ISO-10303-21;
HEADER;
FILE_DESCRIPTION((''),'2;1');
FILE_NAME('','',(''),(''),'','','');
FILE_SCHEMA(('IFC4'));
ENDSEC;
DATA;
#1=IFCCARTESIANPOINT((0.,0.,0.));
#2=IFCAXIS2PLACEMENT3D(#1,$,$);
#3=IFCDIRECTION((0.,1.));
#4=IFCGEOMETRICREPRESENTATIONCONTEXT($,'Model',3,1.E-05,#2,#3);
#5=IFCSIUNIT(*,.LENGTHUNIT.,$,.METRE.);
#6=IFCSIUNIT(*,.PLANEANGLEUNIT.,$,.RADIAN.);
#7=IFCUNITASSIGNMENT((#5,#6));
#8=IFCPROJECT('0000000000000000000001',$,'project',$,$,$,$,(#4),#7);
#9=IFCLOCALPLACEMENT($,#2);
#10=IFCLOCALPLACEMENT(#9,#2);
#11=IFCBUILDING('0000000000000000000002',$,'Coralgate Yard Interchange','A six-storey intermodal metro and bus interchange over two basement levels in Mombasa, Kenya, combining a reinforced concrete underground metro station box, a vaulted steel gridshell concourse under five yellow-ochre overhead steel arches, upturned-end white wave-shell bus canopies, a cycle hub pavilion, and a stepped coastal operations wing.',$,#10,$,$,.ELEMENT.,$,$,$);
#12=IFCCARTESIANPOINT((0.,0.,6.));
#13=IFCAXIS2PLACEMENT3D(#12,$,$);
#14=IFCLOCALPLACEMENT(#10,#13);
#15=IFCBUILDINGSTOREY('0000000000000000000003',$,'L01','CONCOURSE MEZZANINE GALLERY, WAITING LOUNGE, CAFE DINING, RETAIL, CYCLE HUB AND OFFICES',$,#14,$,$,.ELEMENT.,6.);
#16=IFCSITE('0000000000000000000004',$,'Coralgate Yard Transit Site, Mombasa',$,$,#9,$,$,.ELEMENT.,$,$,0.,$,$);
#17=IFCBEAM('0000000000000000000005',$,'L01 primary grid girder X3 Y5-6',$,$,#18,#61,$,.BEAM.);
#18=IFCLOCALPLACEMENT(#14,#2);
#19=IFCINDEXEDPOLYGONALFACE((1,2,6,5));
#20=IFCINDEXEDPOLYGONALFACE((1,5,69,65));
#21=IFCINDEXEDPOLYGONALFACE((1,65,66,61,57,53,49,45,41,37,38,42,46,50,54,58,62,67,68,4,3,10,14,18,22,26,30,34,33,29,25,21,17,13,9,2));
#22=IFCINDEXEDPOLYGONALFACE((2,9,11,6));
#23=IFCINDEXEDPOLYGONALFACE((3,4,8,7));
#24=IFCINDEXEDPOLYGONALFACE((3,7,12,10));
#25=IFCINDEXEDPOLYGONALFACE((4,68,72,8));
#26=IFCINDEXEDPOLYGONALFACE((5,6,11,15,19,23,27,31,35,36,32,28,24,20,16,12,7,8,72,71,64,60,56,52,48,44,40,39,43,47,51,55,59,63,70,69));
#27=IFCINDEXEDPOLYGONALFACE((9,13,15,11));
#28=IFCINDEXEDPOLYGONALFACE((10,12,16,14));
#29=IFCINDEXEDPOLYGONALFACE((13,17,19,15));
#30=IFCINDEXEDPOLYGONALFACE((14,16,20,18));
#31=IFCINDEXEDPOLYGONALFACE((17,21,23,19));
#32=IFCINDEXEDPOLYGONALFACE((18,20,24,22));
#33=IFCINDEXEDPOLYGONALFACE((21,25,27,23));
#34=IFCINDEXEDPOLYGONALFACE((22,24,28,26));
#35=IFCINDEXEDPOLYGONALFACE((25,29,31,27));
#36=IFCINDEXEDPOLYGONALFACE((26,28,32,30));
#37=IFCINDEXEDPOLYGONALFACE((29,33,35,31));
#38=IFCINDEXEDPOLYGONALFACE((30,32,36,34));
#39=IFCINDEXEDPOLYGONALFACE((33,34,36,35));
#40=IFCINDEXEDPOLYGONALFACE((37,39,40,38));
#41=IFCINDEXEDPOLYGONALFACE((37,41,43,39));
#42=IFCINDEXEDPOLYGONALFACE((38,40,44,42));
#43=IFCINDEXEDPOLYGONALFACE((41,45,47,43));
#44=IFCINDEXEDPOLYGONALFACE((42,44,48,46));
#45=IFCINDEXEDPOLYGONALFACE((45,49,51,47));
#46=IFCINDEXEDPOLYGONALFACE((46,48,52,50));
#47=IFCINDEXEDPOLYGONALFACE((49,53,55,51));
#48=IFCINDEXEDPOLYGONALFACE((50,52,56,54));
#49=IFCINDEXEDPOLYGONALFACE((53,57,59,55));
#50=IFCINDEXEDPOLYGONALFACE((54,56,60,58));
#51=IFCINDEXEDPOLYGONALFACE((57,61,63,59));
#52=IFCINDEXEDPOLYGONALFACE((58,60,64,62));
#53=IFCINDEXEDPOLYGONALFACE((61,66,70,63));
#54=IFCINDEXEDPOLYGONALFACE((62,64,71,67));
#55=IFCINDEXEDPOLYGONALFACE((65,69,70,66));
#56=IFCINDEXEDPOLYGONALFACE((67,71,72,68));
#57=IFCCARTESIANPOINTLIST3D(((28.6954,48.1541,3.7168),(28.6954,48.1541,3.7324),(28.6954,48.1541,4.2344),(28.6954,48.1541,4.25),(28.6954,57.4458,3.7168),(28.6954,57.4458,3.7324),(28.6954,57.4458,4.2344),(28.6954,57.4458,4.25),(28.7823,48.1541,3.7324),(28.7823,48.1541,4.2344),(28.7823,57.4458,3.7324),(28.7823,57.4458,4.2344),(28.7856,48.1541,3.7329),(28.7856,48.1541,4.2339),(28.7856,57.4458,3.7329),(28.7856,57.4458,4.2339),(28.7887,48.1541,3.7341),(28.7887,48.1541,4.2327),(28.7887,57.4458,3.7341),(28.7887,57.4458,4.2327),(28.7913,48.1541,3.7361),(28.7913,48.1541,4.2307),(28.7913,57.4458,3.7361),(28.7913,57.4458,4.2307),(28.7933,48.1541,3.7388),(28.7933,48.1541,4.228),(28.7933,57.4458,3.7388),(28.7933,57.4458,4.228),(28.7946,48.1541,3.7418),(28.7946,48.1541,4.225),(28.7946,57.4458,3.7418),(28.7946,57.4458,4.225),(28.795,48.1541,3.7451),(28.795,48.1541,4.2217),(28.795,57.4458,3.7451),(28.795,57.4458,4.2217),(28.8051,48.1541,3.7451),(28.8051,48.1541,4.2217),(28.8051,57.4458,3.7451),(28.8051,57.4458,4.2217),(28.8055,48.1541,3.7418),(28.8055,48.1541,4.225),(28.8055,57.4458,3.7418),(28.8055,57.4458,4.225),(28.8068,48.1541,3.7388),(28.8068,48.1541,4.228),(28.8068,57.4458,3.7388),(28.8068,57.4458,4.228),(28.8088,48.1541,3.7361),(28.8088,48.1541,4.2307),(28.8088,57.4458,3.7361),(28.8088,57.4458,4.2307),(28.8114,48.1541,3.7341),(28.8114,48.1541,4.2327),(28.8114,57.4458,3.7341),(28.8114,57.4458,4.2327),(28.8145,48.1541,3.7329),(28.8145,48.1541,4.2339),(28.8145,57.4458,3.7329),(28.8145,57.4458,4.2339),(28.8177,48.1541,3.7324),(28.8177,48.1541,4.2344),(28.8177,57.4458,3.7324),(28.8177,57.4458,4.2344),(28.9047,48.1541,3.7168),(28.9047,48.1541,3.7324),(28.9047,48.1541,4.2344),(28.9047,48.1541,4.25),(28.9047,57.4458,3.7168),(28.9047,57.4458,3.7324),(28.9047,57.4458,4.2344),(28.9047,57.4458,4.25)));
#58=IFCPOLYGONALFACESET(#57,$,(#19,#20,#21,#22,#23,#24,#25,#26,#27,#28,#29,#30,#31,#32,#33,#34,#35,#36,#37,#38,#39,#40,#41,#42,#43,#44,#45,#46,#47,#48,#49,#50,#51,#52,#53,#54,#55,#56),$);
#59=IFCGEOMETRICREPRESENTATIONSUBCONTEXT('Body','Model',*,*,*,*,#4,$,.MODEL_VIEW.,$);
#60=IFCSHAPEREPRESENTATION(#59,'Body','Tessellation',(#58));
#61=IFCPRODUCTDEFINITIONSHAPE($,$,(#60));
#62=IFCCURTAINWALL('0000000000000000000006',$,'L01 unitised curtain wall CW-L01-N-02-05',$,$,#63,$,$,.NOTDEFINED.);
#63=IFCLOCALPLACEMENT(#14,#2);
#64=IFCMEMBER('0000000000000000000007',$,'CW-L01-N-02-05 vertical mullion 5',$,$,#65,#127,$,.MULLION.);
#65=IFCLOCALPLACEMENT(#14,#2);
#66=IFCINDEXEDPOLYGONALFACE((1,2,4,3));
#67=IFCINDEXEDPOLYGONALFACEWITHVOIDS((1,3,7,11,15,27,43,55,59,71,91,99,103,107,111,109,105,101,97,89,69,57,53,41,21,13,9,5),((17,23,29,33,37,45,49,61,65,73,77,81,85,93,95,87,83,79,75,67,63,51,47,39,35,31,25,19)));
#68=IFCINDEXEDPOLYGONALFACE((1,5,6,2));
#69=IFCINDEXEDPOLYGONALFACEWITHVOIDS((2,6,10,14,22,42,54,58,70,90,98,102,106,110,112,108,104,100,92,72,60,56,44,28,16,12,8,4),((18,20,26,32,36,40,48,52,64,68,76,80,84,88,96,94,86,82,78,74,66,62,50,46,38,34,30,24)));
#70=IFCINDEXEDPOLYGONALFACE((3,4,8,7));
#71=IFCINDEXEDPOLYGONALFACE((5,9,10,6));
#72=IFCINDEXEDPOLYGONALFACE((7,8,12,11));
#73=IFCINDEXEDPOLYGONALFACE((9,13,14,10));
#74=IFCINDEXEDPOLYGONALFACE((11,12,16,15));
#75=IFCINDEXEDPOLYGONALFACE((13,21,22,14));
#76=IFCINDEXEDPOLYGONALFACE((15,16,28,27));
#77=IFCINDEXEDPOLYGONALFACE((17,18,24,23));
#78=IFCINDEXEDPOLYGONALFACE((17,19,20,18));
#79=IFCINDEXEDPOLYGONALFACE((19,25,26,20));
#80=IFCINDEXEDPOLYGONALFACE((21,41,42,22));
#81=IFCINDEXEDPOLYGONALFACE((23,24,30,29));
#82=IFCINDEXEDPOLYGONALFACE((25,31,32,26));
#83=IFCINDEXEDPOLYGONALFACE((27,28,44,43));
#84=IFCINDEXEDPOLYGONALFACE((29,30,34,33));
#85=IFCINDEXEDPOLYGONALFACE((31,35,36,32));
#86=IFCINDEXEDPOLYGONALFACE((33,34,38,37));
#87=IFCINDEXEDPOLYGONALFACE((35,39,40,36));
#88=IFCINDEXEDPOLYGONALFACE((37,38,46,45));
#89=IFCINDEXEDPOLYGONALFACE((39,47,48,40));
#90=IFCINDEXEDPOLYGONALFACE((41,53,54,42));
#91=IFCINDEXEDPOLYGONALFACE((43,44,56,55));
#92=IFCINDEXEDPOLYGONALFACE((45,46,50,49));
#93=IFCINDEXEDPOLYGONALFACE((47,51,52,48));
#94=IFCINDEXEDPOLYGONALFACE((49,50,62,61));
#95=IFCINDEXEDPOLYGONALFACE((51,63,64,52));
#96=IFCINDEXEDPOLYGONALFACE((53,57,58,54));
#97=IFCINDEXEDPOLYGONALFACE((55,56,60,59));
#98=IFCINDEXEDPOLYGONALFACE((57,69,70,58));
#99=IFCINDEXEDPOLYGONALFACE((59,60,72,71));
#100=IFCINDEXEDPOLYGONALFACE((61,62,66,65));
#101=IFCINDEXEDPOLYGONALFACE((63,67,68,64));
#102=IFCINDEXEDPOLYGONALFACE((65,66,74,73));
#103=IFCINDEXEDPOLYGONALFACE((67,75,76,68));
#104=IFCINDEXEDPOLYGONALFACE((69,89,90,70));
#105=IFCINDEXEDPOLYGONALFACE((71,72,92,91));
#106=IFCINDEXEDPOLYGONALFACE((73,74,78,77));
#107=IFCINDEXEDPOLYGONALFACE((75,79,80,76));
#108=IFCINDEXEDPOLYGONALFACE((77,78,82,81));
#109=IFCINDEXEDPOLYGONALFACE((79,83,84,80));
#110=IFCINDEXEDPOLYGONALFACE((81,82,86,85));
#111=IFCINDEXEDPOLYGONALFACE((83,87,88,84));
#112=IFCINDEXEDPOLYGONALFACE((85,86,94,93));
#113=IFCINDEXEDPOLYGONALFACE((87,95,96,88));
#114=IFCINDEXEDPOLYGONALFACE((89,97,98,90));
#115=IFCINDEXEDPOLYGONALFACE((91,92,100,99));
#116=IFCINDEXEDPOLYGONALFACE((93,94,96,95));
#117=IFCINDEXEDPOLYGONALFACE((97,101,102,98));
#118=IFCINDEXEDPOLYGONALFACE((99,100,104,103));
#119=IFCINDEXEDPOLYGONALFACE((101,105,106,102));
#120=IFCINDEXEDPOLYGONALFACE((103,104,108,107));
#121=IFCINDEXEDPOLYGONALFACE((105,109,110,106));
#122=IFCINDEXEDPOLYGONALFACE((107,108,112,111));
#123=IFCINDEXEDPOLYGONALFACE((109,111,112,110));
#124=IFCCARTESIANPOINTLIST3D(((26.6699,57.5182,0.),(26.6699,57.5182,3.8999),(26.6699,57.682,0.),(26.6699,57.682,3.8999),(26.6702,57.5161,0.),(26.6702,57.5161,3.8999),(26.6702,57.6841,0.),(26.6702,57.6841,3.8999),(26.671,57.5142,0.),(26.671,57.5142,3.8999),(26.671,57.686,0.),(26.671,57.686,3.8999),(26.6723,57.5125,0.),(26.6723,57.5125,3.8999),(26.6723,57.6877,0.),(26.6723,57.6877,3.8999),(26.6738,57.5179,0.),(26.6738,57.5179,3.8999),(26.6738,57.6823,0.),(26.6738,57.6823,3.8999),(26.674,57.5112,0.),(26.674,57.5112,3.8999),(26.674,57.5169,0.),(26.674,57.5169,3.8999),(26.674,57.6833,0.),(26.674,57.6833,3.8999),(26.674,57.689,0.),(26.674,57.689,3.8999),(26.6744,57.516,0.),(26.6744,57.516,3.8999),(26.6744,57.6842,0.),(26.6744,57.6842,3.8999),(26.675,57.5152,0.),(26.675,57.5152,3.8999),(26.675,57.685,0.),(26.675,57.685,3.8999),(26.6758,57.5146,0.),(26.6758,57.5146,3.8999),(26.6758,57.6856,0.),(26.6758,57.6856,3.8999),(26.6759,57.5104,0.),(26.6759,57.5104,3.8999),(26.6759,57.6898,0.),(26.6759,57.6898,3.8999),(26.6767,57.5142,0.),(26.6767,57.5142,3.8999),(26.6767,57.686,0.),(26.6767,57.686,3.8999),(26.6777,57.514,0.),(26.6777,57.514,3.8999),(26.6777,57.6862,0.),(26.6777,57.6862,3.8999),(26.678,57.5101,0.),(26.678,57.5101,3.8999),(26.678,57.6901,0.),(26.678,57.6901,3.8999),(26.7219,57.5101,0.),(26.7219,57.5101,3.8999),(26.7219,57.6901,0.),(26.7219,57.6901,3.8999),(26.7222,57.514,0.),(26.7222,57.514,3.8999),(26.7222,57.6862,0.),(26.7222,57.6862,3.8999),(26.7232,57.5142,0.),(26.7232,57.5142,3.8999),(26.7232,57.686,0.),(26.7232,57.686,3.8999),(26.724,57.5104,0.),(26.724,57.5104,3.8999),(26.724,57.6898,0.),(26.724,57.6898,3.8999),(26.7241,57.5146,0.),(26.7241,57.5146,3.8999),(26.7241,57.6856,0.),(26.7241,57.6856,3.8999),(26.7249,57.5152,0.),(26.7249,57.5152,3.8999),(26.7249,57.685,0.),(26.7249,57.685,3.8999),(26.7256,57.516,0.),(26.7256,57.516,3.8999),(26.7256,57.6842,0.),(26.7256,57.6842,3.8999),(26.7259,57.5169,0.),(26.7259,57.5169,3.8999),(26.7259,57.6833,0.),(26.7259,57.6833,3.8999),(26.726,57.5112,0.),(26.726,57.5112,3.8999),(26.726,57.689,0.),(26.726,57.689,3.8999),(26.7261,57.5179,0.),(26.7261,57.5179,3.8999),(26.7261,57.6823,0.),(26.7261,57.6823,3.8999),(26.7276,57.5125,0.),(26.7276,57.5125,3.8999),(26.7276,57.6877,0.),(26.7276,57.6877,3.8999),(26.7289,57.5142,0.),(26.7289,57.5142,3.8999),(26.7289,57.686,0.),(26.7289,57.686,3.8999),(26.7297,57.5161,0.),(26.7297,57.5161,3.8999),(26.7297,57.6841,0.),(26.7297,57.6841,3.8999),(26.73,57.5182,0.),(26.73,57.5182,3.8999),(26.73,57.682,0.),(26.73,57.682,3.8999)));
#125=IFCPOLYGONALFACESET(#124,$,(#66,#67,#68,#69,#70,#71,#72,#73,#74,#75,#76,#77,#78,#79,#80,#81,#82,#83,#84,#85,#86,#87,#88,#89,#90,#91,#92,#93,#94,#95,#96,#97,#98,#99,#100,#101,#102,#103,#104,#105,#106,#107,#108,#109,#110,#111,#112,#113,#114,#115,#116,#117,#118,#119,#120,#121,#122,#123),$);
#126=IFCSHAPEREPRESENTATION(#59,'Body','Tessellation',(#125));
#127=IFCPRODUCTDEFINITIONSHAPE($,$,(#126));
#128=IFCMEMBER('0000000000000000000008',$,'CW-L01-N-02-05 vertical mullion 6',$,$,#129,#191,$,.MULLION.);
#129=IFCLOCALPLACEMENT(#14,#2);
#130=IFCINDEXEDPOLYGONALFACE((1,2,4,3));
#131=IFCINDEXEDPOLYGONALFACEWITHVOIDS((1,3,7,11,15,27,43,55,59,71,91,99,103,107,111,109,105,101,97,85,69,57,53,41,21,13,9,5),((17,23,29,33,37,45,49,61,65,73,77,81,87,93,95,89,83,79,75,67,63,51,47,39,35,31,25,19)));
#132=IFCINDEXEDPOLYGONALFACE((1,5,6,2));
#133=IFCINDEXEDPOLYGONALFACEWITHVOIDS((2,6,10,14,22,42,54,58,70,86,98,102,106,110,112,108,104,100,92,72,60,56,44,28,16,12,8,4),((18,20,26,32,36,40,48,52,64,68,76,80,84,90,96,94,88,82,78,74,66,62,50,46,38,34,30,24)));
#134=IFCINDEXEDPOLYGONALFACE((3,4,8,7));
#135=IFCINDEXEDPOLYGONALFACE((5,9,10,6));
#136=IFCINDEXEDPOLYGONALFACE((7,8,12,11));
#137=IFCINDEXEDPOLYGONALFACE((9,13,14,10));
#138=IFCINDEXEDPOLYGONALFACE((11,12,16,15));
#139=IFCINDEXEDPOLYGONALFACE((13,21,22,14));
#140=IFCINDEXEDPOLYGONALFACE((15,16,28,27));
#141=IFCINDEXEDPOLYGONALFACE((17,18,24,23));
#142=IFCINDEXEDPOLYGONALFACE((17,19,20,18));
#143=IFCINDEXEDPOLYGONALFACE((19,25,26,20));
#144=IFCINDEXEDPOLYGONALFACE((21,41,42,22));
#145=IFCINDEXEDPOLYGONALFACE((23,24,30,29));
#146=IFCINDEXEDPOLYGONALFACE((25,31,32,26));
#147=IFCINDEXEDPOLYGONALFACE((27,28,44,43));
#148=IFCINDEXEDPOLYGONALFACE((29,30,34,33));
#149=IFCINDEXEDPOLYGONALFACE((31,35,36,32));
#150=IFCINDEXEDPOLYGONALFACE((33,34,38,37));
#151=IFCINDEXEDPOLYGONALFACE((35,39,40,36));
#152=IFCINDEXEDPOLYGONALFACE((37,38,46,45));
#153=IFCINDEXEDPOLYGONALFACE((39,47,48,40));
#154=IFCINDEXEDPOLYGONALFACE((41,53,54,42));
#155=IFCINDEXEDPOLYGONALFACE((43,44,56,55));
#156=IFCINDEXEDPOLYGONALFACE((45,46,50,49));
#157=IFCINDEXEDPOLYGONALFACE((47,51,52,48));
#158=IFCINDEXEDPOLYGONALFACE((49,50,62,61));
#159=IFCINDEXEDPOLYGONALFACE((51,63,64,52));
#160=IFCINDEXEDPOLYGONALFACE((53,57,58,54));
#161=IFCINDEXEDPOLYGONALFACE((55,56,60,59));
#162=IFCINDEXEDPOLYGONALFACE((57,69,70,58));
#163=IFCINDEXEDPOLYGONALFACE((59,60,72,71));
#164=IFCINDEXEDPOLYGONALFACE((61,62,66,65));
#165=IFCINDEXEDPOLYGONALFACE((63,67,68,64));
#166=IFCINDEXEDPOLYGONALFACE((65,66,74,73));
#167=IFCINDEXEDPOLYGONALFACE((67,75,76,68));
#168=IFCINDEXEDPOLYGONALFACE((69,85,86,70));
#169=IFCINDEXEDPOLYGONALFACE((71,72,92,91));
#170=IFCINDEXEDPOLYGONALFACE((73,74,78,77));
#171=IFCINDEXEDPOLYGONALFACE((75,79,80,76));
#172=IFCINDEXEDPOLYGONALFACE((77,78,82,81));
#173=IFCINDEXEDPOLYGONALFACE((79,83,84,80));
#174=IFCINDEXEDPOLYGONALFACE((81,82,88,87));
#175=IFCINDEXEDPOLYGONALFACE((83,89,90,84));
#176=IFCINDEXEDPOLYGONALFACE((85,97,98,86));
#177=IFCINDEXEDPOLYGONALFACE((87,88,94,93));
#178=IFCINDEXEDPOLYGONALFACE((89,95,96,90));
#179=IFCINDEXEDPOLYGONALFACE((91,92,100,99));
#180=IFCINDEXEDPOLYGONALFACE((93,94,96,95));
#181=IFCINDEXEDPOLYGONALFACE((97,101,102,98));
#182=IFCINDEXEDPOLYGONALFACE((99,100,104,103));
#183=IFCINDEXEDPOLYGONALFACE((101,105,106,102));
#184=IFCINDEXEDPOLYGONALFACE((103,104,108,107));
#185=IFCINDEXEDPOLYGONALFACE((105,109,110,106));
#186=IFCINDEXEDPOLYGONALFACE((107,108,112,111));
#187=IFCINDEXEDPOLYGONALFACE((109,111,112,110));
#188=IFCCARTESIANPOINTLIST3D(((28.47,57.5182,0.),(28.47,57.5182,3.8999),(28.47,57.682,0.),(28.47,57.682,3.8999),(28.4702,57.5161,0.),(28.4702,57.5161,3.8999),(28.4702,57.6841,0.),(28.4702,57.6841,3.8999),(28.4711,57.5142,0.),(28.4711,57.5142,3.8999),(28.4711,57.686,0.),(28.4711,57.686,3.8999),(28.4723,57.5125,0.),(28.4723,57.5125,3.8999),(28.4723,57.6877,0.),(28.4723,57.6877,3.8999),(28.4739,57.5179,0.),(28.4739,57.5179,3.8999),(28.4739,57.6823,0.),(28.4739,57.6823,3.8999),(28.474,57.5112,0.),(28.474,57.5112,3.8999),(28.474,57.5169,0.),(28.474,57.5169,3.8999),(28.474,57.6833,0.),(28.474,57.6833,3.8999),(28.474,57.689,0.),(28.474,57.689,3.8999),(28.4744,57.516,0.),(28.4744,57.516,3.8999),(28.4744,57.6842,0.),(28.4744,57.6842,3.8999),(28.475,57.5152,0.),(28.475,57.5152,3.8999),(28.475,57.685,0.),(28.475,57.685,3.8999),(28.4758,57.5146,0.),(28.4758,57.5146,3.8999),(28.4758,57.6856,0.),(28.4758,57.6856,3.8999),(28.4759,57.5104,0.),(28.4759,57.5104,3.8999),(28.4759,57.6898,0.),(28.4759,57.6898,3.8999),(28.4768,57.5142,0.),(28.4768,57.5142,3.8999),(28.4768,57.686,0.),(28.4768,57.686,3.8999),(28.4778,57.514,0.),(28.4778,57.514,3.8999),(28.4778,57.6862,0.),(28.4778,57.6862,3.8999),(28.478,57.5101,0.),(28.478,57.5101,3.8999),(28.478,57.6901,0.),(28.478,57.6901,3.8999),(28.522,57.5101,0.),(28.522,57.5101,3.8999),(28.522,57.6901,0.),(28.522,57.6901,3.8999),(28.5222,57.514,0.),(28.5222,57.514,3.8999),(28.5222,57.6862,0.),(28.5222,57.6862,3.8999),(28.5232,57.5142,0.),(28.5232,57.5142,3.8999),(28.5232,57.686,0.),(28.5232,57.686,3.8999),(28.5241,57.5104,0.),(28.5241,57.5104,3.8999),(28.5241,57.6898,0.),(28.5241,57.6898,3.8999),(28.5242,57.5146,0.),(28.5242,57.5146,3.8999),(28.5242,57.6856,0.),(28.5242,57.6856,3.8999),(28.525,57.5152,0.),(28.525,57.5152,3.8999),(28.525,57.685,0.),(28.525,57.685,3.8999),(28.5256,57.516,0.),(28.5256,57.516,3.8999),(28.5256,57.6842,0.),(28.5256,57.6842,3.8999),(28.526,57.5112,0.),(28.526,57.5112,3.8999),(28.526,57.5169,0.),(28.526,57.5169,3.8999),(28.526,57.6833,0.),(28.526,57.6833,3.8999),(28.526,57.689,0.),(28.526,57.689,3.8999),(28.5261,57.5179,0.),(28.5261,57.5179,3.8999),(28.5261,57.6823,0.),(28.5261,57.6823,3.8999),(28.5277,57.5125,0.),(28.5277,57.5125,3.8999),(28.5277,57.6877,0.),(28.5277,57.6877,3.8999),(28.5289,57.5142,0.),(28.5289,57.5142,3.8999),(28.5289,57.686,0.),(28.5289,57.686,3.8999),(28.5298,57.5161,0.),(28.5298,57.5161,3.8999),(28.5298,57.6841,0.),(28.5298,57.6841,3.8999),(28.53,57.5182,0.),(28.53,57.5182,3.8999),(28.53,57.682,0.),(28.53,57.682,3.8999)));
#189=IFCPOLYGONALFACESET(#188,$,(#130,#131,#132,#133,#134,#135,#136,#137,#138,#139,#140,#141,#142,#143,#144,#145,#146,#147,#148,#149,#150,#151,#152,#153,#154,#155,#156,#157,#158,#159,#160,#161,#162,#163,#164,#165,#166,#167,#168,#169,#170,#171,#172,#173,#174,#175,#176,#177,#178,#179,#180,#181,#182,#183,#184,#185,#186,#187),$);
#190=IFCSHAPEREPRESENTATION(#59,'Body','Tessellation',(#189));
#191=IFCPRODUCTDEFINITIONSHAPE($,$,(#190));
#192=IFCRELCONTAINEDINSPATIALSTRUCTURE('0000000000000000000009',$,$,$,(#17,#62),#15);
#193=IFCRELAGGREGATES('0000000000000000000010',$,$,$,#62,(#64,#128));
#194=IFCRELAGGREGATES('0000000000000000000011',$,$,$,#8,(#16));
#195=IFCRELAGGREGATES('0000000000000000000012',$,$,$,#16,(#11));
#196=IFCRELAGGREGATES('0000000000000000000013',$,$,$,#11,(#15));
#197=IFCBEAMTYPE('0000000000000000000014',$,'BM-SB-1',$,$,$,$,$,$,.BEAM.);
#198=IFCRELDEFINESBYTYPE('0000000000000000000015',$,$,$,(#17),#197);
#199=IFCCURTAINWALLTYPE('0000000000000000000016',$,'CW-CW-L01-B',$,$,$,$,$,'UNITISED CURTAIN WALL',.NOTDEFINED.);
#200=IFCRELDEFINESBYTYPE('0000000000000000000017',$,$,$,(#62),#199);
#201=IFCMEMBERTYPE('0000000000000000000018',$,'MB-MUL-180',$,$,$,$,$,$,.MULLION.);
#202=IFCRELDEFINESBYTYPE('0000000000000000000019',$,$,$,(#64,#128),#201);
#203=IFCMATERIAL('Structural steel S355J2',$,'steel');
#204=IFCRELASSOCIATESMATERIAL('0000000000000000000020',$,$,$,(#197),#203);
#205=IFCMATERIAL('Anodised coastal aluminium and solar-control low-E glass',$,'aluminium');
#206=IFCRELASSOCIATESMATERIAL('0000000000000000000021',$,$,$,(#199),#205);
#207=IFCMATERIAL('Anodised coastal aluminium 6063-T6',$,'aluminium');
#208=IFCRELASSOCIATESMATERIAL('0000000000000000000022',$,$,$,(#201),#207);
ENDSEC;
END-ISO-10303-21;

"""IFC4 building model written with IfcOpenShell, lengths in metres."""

from ifc_helpers import new_model, si_unit, direction, frame, origin, origin_2d, place, context, subcontext, project, spatial, hollow_rectangle, i_section, extrude, material, material_profile, profile_set, type_object, element, aggregate, save


model = new_model("IFC4")

# Units and contexts
model_context = context("Model", 3, precision=1e-05, world=origin(), true_north=direction((0.0, 1.0)))
body_context = subcontext(model_context, "Body", "Model", "MODEL_VIEW")
ifc_project = project(units=[si_unit("LENGTHUNIT", "METRE"), si_unit("PLANEANGLEUNIT", "RADIAN")], contexts=[model_context])

# Site, building, storey
site_placement = place(None, origin())
site = spatial("IfcSite", under=ifc_project, at=site_placement, Name="Coralgate Yard Transit Site, Mombasa", CompositionType="ELEMENT", RefElevation=0.0)
building_placement = place(site_placement, origin())
building = spatial("IfcBuilding", under=site, at=building_placement, Name="Coralgate Yard Interchange", Description="A six-storey intermodal metro and bus interchange over two basement levels in Mombasa, Kenya, combining a reinforced concrete underground metro station box, a vaulted steel gridshell concourse under five yellow-ochre overhead steel arches, upturned-end white wave-shell bus canopies, a cycle hub pavilion, and a stepped coastal operations wing.", CompositionType="ELEMENT")
storey_placement = place(building_placement, frame((0.0, 0.0, 6.0)))
storey = spatial("IfcBuildingStorey", under=building, at=storey_placement, Name="L01", Description="CONCOURSE MEZZANINE GALLERY, WAITING LOUNGE, CAFE DINING, RETAIL, CYCLE HUB AND OFFICES", CompositionType="ELEMENT", Elevation=6.0)

# Beam
ifc_material_1 = material(Name="Structural steel S355J2", Category="steel")
ifc_material_profile_1 = material_profile(ifc_material_1, i_section(OverallWidth=0.2092, OverallDepth=0.5332, WebThickness=0.01, FlangeThickness=0.0156, FilletRadius=0.0127, at=origin_2d()), Name="UB 533x210x92")
ifc_profile_set_1 = profile_set([ifc_material_profile_1], Name="Structural steel S355J2")
beam_type = type_object("IfcBeamType", Name="BM-SB-1", PredefinedType="BEAM", material=ifc_profile_set_1)
beam_placement = place(storey_placement, frame((28.8, 48.1541, 3.9834), z_axis=(0.0, 1.0, 0.0), x_axis=(-1.0, 0.0, 0.0)))
element("IfcBeam", 1, at=beam_placement, inside=storey, type_object=beam_type, Name="L01 primary grid girder X3 Y5-6", PredefinedType="BEAM", context=body_context, shape_type="SweptSolid", body=[
    extrude(i_section(OverallWidth=0.2092, OverallDepth=0.5332, WebThickness=0.01, FlangeThickness=0.0156, FilletRadius=0.0127, at=origin_2d()), origin(), (0.0, 0.0, 1.0), 9.2917),
])

# Curtain wall, members
ifc_material_2 = material(Name="Anodised coastal aluminium and solar-control low-E glass", Category="aluminium")
curtain_wall_type_1 = type_object("IfcCurtainWallType", Name="CW-CW-L01-B", ElementType="UNITISED CURTAIN WALL", PredefinedType="NOTDEFINED", material=ifc_material_2)
curtain_wall_1_placement = place(storey_placement, origin())
curtain_wall_1 = element("IfcCurtainWall", 2, at=curtain_wall_1_placement, inside=storey, type_object=curtain_wall_type_1, Name="L01 unitised curtain wall CW-L01-N-02-05", PredefinedType="NOTDEFINED")
ifc_material_3 = material(Name="Anodised coastal aluminium 6063-T6", Category="aluminium")
ifc_material_profile_2 = material_profile(ifc_material_3, hollow_rectangle(XDim=0.0601, YDim=0.1799, WallThickness=0.0039, InnerFilletRadius=0.0039, OuterFilletRadius=0.0081, at=origin_2d()), Name="ALU 60x180x4")
ifc_profile_set_2 = profile_set([ifc_material_profile_2], Name="Anodised coastal aluminium 6063-T6")
member_type_1 = type_object("IfcMemberType", Name="MB-MUL-180", PredefinedType="MULLION", material=ifc_profile_set_2)
member_1_placement = place(storey_placement, frame((26.7, 57.6001, 0.0), z_axis=(0.0, 0.0, 1.0), x_axis=(1.0, 0.0, 0.0)))
member_1 = element("IfcMember", 3, at=member_1_placement, type_object=member_type_1, Name="CW-L01-N-02-05 vertical mullion 5", PredefinedType="MULLION", context=body_context, shape_type="SweptSolid", body=[
    extrude(hollow_rectangle(XDim=0.0601, YDim=0.1799, WallThickness=0.0039, InnerFilletRadius=0.0039, OuterFilletRadius=0.0081, at=origin_2d()), origin(), (0.0, 0.0, 1.0), 3.8999),
])
member_2_placement = place(storey_placement, frame((28.5, 57.6001, 0.0), z_axis=(0.0, 0.0, 1.0), x_axis=(1.0, 0.0, 0.0)))
member_2 = element("IfcMember", 4, at=member_2_placement, type_object=member_type_1, Name="CW-L01-N-02-05 vertical mullion 6", PredefinedType="MULLION", context=body_context, shape_type="SweptSolid", body=[
    extrude(hollow_rectangle(XDim=0.0601, YDim=0.1799, WallThickness=0.0039, InnerFilletRadius=0.0039, OuterFilletRadius=0.0081, at=origin_2d()), origin(), (0.0, 0.0, 1.0), 3.8999),
])

aggregate(curtain_wall_1, [member_1, member_2])

save(model, "model.ifc")
